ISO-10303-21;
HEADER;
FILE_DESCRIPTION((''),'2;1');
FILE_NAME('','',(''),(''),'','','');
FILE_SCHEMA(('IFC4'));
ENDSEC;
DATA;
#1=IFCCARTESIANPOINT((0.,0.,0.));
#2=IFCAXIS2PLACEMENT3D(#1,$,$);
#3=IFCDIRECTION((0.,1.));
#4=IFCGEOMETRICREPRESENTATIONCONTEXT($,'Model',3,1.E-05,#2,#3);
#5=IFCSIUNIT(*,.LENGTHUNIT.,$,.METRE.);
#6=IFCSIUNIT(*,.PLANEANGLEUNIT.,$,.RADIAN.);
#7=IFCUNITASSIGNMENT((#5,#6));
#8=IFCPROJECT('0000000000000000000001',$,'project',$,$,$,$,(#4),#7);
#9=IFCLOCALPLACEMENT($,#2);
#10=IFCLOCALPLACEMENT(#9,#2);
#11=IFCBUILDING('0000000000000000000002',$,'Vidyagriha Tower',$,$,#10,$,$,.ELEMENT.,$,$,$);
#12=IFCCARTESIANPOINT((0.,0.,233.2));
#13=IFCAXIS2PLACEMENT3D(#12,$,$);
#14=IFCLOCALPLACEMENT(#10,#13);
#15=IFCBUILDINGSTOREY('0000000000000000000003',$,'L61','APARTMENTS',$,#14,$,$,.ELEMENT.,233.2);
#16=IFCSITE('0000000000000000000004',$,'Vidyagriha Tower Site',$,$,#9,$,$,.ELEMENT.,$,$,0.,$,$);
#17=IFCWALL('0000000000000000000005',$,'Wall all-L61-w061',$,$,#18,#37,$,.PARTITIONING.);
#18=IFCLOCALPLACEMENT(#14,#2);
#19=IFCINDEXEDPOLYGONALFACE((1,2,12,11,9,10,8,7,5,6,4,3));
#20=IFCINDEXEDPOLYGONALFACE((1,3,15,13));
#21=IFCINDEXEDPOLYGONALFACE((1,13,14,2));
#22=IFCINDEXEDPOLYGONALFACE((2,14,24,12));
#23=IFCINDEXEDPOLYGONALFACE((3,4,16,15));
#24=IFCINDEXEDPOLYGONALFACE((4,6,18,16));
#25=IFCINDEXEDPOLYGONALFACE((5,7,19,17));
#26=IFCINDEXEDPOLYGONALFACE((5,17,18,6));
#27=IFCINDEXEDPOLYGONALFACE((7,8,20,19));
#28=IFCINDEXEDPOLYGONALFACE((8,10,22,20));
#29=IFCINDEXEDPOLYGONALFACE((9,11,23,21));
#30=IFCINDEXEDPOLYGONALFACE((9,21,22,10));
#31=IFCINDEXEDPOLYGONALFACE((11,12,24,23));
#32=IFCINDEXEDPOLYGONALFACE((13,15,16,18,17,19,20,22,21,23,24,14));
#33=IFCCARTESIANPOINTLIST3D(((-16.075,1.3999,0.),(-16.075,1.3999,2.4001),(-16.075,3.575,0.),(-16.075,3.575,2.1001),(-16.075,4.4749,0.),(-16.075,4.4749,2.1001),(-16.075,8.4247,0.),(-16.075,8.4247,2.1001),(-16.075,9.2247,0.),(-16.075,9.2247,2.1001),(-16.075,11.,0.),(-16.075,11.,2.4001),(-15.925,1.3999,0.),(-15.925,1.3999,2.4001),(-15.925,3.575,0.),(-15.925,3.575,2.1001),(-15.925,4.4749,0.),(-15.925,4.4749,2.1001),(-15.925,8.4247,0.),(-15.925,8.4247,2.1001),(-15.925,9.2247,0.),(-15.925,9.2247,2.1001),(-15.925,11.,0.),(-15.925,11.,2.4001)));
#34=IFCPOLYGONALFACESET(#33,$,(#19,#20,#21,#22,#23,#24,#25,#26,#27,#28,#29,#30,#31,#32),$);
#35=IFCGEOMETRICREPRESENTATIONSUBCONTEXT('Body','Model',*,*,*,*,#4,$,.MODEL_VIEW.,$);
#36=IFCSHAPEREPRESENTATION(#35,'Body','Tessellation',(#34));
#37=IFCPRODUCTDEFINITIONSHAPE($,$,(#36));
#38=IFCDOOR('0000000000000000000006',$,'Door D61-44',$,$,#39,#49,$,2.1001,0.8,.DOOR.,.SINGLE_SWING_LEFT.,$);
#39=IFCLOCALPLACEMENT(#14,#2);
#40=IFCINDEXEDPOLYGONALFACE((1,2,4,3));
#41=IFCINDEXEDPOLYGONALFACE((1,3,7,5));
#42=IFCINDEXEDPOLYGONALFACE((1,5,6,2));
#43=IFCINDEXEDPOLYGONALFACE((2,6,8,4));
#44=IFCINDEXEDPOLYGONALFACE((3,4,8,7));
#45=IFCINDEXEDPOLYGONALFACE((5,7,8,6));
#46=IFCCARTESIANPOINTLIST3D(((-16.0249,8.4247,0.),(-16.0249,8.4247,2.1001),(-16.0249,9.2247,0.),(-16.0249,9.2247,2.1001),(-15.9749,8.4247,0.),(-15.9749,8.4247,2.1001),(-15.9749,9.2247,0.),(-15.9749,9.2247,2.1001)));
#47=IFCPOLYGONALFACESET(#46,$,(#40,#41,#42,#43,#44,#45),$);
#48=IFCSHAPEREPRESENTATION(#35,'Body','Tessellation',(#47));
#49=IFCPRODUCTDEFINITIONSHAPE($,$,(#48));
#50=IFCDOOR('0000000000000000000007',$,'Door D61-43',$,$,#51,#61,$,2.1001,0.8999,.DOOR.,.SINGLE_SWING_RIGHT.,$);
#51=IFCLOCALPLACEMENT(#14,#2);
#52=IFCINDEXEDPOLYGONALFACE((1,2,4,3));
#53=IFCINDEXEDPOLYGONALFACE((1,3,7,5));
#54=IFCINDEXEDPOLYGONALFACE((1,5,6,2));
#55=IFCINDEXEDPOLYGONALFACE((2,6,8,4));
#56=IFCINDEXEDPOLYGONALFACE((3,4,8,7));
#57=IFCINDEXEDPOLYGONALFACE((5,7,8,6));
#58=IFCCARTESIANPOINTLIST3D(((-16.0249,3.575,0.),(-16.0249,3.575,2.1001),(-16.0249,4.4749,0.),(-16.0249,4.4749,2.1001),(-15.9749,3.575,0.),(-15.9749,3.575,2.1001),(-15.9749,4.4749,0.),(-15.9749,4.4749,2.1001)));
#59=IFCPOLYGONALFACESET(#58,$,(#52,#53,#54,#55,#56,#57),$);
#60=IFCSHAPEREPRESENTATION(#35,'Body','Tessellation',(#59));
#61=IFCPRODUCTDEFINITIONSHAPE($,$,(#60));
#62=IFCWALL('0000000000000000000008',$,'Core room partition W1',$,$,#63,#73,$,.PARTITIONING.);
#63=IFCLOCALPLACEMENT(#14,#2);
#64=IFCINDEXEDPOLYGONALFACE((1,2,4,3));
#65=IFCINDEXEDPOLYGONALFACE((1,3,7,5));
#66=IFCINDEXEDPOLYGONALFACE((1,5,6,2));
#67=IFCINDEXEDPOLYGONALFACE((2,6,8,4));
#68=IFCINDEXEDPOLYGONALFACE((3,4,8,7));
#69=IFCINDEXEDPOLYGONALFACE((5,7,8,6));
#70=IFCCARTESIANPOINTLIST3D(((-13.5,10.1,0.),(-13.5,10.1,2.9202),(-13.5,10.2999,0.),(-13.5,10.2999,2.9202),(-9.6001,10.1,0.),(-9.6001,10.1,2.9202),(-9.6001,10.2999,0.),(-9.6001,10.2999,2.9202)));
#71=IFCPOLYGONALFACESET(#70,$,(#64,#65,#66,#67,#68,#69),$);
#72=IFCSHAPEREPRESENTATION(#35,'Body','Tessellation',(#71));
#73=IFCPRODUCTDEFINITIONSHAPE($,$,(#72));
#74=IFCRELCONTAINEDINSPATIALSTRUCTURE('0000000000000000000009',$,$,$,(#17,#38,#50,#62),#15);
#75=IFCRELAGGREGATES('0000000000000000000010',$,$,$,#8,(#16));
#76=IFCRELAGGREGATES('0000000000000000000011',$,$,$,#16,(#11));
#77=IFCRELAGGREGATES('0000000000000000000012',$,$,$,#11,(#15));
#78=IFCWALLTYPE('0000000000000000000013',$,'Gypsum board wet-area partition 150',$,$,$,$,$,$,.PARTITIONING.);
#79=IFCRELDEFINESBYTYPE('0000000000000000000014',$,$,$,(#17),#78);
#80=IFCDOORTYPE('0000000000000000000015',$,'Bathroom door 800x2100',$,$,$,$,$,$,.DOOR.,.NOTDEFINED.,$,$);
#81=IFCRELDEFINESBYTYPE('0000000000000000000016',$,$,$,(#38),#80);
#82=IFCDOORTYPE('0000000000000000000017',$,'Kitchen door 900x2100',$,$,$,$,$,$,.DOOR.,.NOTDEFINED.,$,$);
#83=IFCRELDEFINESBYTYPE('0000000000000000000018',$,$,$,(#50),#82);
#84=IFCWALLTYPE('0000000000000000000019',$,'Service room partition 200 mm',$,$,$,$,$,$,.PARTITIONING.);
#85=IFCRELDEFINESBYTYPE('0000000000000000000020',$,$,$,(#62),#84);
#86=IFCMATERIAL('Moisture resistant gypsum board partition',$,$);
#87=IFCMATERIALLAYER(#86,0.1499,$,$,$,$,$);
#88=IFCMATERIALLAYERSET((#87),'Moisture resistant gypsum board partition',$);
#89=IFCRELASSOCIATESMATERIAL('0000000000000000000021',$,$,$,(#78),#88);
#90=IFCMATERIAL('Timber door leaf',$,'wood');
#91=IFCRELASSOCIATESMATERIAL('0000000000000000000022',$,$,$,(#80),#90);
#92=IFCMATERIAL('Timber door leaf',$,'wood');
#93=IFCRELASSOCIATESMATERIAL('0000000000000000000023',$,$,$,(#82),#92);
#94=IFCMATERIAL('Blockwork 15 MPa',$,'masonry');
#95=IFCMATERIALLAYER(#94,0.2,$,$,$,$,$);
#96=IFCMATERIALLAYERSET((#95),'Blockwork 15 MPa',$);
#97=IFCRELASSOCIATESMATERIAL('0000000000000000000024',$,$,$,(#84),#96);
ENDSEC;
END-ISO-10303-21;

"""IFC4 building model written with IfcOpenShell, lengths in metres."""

from ifc_helpers import new_model, si_unit, direction, frame, frame_2d, origin, place, context, subcontext, project, spatial, rectangle, extrude, material, layer, layer_set, type_object, element, fill, save


model = new_model("IFC4")

# Units and contexts
model_context = context("Model", 3, precision=1e-05, world=origin(), true_north=direction((0.0, 1.0)))
body_context = subcontext(model_context, "Body", "Model", "MODEL_VIEW")
ifc_project = project(units=[si_unit("LENGTHUNIT", "METRE"), si_unit("PLANEANGLEUNIT", "RADIAN")], contexts=[model_context])

# Site, building, storey
site_placement = place(None, origin())
site = spatial("IfcSite", under=ifc_project, at=site_placement, Name="Vidyagriha Tower Site", CompositionType="ELEMENT", RefElevation=0.0)
building_placement = place(site_placement, origin())
building = spatial("IfcBuilding", under=site, at=building_placement, Name="Vidyagriha Tower", CompositionType="ELEMENT")
storey_placement = place(building_placement, frame((0.0, 0.0, 233.2)))
storey = spatial("IfcBuildingStorey", under=building, at=storey_placement, Name="L61", Description="APARTMENTS", CompositionType="ELEMENT", Elevation=233.2)

# Wall, openings, doors
ifc_material_1 = material(Name="Moisture resistant gypsum board partition")
ifc_layer_1 = layer(ifc_material_1, 0.1499)
ifc_layer_set_1 = layer_set([ifc_layer_1], Name="Moisture resistant gypsum board partition")
wall_type_1 = type_object("IfcWallType", Name="Gypsum board wet-area partition 150", PredefinedType="PARTITIONING", material=ifc_layer_set_1)
wall_1_placement = place(storey_placement, frame((-16.0, 1.3999, 0.0), z_axis=(0.0, 0.0, 1.0), x_axis=(0.0, 1.0, 0.0)))
wall_1 = element("IfcWall", 1, at=wall_1_placement, inside=storey, type_object=wall_type_1, Name="Wall all-L61-w061", PredefinedType="PARTITIONING", context=body_context, shape_type="SweptSolid", body=[
    extrude(rectangle(XDim=9.6001, YDim=0.1499, at=frame_2d((4.8, 0.0))), origin(), (0.0, 0.0, 1.0), 2.4001),
])
opening_1_placement = place(wall_1_placement, frame((2.175, 0.0, 0.0)))
opening_1 = element("IfcOpeningElement", 2, at=opening_1_placement, cuts=wall_1, PredefinedType="OPENING", context=body_context, shape_type="SweptSolid", body=[
    extrude(rectangle(XDim=0.8999, YDim=2.1001, at=frame_2d((0.45, 1.05))), frame((0.0, 0.085, 0.0), z_axis=(0.0, -1.0, 0.0), x_axis=(1.0, 0.0, 0.0)), (0.0, 0.0, 1.0), 0.1699),
])
opening_2_placement = place(wall_1_placement, frame((7.0249, 0.0, 0.0)))
opening_2 = element("IfcOpeningElement", 3, at=opening_2_placement, cuts=wall_1, PredefinedType="OPENING", context=body_context, shape_type="SweptSolid", body=[
    extrude(rectangle(XDim=0.8, YDim=2.1001, at=frame_2d((0.3999, 1.05))), frame((0.0, 0.085, 0.0), z_axis=(0.0, -1.0, 0.0), x_axis=(1.0, 0.0, 0.0)), (0.0, 0.0, 1.0), 0.1699),
])
ifc_material_2 = material(Name="Timber door leaf", Category="wood")
door_type_1 = type_object("IfcDoorType", Name="Bathroom door 800x2100", OperationType="NOTDEFINED", PredefinedType="DOOR", material=ifc_material_2)
door_1_placement = place(opening_2_placement, origin())
door_1 = element("IfcDoor", 4, at=door_1_placement, inside=storey, type_object=door_type_1, Name="Door D61-44", OperationType="SINGLE_SWING_LEFT", OverallHeight=2.1001, OverallWidth=0.8, PredefinedType="DOOR", context=body_context, shape_type="SweptSolid", body=[
    extrude(rectangle(XDim=0.8, YDim=2.1001, at=frame_2d((0.3999, 1.05))), frame((0.0, 0.0249, 0.0), z_axis=(0.0, -1.0, 0.0), x_axis=(1.0, 0.0, 0.0)), (0.0, 0.0, 1.0), 0.05),
])
fill(opening_2, door_1)
ifc_material_3 = material(Name="Timber door leaf", Category="wood")
door_type_2 = type_object("IfcDoorType", Name="Kitchen door 900x2100", OperationType="NOTDEFINED", PredefinedType="DOOR", material=ifc_material_3)
door_2_placement = place(opening_1_placement, origin())
door_2 = element("IfcDoor", 5, at=door_2_placement, inside=storey, type_object=door_type_2, Name="Door D61-43", OperationType="SINGLE_SWING_RIGHT", OverallHeight=2.1001, OverallWidth=0.8999, PredefinedType="DOOR", context=body_context, shape_type="SweptSolid", body=[
    extrude(rectangle(XDim=0.8999, YDim=2.1001, at=frame_2d((0.45, 1.05))), frame((0.0, 0.0249, 0.0), z_axis=(0.0, -1.0, 0.0), x_axis=(1.0, 0.0, 0.0)), (0.0, 0.0, 1.0), 0.05),
])
fill(opening_1, door_2)

# Wall
ifc_material_4 = material(Name="Blockwork 15 MPa", Category="masonry")
ifc_layer_2 = layer(ifc_material_4, 0.2)
ifc_layer_set_2 = layer_set([ifc_layer_2], Name="Blockwork 15 MPa")
wall_type_2 = type_object("IfcWallType", Name="Service room partition 200 mm", PredefinedType="PARTITIONING", material=ifc_layer_set_2)
wall_2_placement = place(storey_placement, frame((-13.5, 10.2, 0.0)))
element("IfcWall", 6, at=wall_2_placement, inside=storey, type_object=wall_type_2, Name="Core room partition W1", PredefinedType="PARTITIONING", context=body_context, shape_type="SweptSolid", body=[
    extrude(rectangle(XDim=3.8999, YDim=0.2, at=frame_2d((1.95, 0.0))), origin(), (0.0, 0.0, 1.0), 2.9202),
])

save(model, "model.ifc")
